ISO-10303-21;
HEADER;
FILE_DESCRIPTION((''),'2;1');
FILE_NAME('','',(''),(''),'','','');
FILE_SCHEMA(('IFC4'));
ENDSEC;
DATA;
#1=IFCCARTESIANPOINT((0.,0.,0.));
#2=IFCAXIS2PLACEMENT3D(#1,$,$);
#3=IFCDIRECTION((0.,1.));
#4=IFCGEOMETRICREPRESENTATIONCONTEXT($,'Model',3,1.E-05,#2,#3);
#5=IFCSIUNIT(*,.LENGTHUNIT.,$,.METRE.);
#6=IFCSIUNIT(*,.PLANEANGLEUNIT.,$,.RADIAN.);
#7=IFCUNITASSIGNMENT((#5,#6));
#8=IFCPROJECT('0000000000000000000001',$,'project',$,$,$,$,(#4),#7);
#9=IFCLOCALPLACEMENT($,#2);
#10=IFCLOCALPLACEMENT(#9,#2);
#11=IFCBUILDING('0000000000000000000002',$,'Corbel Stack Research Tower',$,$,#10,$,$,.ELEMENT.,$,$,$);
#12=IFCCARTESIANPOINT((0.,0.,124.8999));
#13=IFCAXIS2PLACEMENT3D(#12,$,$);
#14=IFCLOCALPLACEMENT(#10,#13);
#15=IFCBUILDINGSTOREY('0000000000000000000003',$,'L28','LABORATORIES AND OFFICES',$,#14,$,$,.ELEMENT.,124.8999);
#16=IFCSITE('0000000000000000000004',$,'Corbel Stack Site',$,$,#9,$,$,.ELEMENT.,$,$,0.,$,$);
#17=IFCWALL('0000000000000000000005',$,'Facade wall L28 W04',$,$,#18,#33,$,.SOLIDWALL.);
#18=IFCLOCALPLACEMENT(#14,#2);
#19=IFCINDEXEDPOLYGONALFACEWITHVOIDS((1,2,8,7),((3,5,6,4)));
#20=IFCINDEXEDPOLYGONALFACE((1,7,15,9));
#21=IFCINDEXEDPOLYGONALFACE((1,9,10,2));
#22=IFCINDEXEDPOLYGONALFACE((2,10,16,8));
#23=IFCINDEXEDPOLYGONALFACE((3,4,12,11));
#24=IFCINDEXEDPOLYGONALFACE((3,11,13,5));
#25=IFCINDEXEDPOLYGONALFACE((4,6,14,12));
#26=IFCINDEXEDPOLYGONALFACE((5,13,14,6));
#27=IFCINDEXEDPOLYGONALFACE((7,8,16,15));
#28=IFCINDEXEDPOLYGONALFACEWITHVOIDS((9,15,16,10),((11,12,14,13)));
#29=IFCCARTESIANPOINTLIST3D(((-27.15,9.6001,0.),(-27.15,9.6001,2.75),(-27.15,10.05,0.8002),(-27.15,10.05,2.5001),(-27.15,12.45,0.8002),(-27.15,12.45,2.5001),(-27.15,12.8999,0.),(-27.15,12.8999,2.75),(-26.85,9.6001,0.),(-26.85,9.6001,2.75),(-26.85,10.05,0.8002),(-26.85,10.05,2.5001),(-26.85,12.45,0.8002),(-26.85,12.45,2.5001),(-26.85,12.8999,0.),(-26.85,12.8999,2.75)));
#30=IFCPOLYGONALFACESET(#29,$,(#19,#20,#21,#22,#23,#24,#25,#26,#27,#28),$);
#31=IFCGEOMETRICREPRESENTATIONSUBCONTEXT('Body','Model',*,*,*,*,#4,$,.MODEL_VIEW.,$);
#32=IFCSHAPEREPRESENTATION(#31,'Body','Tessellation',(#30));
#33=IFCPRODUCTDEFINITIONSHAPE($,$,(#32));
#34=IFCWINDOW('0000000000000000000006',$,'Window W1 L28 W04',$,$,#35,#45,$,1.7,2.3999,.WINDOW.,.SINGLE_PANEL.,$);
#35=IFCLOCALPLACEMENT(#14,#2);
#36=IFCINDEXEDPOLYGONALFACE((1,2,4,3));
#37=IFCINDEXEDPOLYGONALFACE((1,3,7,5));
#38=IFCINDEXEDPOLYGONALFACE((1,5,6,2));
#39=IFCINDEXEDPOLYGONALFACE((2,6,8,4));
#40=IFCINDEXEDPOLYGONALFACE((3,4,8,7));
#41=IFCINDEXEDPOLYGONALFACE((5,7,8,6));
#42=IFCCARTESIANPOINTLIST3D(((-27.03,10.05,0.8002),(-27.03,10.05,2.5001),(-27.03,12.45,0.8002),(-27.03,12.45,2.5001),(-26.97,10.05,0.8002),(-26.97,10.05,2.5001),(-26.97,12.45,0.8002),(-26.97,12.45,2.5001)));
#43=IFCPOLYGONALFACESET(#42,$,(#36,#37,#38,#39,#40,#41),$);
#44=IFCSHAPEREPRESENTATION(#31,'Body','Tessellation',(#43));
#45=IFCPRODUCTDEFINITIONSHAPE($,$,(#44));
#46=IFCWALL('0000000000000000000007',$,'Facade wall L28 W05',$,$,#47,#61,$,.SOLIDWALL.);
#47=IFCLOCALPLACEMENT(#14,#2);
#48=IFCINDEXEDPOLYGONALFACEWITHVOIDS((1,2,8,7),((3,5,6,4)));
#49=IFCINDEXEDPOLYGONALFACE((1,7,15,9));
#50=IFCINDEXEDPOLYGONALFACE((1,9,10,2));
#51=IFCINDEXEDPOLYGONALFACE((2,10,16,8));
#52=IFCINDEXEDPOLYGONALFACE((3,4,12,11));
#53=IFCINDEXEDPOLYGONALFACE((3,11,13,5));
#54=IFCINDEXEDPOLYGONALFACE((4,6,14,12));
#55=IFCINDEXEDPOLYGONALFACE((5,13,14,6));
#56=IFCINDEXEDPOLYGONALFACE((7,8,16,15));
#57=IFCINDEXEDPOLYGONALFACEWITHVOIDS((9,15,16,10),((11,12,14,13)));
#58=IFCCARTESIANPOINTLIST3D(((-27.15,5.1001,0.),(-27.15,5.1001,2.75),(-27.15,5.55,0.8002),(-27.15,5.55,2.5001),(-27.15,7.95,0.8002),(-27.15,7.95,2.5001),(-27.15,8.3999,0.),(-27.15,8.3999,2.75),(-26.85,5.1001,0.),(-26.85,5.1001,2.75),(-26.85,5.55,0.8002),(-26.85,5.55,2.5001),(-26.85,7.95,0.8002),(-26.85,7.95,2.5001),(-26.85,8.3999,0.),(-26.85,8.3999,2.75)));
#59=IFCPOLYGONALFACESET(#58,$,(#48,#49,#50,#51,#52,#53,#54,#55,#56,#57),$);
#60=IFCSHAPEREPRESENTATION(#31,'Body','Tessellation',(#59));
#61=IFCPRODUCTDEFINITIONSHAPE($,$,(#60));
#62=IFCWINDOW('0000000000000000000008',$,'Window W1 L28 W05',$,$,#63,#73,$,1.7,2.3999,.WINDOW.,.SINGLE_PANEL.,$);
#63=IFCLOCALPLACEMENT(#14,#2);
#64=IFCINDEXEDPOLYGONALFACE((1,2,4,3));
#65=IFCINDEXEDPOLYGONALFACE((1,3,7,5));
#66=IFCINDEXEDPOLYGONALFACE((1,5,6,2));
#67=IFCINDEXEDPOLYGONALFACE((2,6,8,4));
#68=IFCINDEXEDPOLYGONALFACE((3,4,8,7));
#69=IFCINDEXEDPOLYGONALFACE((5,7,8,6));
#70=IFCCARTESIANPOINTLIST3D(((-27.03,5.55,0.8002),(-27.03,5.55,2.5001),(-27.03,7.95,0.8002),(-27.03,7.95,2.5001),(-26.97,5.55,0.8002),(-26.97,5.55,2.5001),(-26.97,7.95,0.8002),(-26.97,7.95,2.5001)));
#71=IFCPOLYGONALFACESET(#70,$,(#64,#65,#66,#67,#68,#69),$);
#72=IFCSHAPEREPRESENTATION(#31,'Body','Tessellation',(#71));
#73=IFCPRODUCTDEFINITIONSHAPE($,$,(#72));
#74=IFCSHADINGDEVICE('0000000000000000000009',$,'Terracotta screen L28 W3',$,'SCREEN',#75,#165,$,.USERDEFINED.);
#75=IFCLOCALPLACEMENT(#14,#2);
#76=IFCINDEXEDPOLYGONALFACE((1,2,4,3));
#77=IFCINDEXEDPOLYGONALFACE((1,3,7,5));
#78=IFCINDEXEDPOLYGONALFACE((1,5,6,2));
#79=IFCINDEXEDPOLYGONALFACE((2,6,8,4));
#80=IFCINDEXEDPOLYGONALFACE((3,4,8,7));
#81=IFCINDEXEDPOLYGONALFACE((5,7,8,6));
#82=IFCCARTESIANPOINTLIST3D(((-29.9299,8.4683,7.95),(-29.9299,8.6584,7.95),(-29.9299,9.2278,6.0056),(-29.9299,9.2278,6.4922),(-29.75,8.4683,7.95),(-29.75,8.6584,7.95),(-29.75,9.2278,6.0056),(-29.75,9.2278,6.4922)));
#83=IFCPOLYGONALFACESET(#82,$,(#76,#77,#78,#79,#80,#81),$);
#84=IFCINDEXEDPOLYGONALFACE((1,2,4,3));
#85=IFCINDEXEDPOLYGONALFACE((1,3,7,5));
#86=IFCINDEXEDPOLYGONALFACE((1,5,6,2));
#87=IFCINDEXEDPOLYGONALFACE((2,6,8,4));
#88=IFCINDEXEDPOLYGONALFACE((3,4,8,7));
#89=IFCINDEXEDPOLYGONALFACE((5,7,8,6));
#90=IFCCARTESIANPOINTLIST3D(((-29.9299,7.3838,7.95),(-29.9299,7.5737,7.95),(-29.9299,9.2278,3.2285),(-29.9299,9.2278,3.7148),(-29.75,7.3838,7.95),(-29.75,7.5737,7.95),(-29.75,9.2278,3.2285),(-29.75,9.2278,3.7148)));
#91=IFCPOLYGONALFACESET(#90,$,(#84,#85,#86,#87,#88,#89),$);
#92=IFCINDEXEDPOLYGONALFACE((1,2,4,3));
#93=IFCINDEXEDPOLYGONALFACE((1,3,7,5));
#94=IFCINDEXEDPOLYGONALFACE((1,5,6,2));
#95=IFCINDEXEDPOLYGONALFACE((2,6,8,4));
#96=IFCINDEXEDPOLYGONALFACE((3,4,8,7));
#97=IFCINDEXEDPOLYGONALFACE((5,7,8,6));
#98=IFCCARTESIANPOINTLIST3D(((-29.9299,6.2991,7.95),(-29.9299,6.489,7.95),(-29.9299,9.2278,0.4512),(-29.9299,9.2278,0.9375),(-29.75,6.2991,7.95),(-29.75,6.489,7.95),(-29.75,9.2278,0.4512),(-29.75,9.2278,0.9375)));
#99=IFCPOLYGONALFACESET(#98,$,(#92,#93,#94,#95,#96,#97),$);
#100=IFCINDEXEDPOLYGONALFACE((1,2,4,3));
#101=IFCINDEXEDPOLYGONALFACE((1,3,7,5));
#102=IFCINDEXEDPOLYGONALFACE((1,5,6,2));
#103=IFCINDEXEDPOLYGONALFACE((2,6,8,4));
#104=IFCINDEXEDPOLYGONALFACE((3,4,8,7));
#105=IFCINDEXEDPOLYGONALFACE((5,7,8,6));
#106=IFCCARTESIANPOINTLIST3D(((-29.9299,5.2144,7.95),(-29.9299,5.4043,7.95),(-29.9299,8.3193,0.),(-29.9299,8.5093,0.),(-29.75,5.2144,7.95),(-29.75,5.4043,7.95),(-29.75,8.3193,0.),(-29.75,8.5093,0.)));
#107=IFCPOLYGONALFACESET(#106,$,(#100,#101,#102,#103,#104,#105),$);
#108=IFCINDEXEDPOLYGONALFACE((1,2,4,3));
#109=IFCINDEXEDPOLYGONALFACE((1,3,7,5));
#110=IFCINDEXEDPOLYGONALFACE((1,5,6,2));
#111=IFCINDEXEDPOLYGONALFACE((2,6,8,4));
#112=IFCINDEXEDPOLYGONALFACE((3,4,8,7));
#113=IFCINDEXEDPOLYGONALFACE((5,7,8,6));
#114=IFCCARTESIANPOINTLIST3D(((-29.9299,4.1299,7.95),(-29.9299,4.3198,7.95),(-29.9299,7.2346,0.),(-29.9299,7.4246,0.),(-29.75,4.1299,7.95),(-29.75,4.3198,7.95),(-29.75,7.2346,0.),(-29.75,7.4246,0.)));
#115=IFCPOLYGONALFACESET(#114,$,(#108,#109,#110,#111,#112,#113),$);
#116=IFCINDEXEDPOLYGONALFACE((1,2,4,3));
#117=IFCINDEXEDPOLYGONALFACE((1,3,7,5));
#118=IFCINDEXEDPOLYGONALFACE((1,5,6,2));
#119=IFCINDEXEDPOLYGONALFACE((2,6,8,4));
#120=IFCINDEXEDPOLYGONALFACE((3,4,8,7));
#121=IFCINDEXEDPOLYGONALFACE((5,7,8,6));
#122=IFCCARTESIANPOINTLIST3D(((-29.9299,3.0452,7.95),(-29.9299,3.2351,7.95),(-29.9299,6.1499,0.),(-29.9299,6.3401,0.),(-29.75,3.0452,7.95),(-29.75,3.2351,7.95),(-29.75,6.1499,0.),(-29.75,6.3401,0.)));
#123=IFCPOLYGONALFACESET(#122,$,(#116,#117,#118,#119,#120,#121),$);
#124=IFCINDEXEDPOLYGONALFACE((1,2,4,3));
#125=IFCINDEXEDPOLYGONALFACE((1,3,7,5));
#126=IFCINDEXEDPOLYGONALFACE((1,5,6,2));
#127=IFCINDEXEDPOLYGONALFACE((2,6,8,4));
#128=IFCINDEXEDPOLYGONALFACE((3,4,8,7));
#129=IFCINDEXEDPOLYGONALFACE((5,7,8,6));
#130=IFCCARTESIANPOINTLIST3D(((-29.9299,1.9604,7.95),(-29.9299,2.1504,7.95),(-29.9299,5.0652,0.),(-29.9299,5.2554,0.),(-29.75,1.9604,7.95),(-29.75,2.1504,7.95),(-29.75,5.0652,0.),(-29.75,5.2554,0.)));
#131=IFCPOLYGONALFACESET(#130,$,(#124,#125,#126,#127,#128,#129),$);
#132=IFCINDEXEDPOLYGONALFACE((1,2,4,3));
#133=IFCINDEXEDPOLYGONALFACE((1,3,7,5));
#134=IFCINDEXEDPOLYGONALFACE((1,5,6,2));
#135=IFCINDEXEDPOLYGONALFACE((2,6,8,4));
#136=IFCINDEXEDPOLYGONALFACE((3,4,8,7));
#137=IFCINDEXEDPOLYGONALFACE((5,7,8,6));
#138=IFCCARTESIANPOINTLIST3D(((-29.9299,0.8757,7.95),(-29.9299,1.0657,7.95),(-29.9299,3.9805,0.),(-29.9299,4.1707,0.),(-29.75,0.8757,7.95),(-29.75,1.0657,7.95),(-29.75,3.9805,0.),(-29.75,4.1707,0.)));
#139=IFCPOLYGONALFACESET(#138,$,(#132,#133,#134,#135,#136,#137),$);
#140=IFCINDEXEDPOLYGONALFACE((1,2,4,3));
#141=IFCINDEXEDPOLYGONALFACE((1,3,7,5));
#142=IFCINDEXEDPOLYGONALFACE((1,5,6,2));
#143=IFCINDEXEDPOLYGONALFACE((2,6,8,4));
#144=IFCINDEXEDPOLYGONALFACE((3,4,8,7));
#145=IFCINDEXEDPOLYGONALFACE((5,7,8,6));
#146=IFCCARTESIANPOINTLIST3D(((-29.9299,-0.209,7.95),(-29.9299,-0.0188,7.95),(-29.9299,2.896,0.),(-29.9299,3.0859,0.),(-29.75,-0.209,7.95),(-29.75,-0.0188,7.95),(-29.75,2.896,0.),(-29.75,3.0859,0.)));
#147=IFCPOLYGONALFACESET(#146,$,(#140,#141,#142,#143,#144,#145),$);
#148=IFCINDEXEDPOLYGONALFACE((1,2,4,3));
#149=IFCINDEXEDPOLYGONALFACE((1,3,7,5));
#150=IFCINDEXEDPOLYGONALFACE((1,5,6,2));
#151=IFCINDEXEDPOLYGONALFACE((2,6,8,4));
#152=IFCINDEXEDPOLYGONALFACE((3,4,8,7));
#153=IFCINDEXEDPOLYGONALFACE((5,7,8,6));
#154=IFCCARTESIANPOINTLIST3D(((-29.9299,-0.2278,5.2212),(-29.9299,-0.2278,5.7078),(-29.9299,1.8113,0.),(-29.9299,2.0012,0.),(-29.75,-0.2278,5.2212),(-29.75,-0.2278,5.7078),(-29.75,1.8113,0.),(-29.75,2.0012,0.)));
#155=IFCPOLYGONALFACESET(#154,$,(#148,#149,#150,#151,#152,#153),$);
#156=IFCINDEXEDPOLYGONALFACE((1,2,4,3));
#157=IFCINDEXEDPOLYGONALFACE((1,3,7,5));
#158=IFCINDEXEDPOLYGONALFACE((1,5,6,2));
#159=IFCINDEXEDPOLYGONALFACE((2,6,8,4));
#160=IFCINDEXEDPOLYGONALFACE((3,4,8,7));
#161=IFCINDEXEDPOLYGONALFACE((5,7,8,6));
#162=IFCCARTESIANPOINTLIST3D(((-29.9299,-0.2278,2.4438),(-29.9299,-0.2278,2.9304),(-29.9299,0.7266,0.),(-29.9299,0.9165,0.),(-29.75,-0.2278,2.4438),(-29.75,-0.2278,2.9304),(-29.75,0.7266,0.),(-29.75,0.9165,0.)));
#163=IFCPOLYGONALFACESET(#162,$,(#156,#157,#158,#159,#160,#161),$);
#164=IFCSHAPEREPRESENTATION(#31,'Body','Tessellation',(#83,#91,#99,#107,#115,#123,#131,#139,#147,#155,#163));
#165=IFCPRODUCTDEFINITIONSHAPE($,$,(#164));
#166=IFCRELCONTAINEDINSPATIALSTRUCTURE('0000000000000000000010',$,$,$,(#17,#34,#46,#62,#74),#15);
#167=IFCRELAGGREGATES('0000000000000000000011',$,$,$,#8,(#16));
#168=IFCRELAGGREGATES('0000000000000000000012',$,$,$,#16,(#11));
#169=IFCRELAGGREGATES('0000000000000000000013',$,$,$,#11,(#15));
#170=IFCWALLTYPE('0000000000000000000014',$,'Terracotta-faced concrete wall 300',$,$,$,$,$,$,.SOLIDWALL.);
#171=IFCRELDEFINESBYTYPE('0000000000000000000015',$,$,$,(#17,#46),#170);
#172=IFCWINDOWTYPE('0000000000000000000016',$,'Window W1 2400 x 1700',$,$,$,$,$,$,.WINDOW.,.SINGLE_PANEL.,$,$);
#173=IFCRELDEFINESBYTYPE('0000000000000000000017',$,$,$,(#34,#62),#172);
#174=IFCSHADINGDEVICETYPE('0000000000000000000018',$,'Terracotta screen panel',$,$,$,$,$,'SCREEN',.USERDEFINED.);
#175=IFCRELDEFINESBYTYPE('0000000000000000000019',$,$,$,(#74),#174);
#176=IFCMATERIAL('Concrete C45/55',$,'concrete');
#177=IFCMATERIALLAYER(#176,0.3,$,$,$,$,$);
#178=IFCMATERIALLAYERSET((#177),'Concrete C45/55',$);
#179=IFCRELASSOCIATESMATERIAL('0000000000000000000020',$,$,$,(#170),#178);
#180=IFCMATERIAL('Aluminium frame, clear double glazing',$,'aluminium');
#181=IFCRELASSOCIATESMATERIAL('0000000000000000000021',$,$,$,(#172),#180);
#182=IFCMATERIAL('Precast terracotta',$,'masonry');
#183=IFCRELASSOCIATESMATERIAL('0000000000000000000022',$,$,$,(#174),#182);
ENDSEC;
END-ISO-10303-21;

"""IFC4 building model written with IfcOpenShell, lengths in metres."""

from ifc_helpers import new_model, si_unit, direction, frame, frame_2d, origin, place, context, subcontext, project, spatial, polyline, rectangle, outline, extrude, source, transform, mapped, material, layer, layer_set, type_object, element, fill, save


model = new_model("IFC4")

# Units and contexts
model_context = context("Model", 3, precision=1e-05, world=origin(), true_north=direction((0.0, 1.0)))
body_context = subcontext(model_context, "Body", "Model", "MODEL_VIEW")
ifc_project = project(units=[si_unit("LENGTHUNIT", "METRE"), si_unit("PLANEANGLEUNIT", "RADIAN")], contexts=[model_context])

# Site, building, storey
site_placement = place(None, origin())
site = spatial("IfcSite", under=ifc_project, at=site_placement, Name="Corbel Stack Site", CompositionType="ELEMENT", RefElevation=0.0)
building_placement = place(site_placement, origin())
building = spatial("IfcBuilding", under=site, at=building_placement, Name="Corbel Stack Research Tower", CompositionType="ELEMENT")
storey_placement = place(building_placement, frame((0.0, 0.0, 124.8999)))
storey = spatial("IfcBuildingStorey", under=building, at=storey_placement, Name="L28", Description="LABORATORIES AND OFFICES", CompositionType="ELEMENT", Elevation=124.8999)

# Shared definitions
ifc_material_1 = material(Name="Concrete C45/55", Category="concrete")
ifc_layer_1 = layer(ifc_material_1, 0.3)
ifc_layer_set_1 = layer_set([ifc_layer_1], Name="Concrete C45/55")
wall_type_1 = type_object("IfcWallType", Name="Terracotta-faced concrete wall 300", PredefinedType="SOLIDWALL", material=ifc_layer_set_1)

# Walls, openings, windows
ifc_material_2 = material(Name="Aluminium frame, clear double glazing", Category="aluminium")
window_type = type_object("IfcWindowType", Name="Window W1 2400 x 1700", PartitioningType="SINGLE_PANEL", PredefinedType="WINDOW", material=ifc_material_2)
wall_1_placement = place(storey_placement, frame((-27.0, 9.6001, 0.0), z_axis=(0.0, 0.0, 1.0), x_axis=(0.0, 1.0, 0.0)))
wall_1 = element("IfcWall", 1, at=wall_1_placement, inside=storey, type_object=wall_type_1, Name="Facade wall L28 W04", PredefinedType="SOLIDWALL", context=body_context, shape_type="SweptSolid", body=[
    extrude(rectangle(XDim=3.2998, YDim=0.3, at=frame_2d((1.6499, 0.0))), origin(), (0.0, 0.0, 1.0), 2.75),
])
opening_1_placement = place(wall_1_placement, frame((0.45, 0.0, 0.8)))
opening_1 = element("IfcOpeningElement", 2, at=opening_1_placement, cuts=wall_1, PredefinedType="OPENING", context=body_context, shape_type="SweptSolid", body=[
    extrude(rectangle(XDim=2.3999, YDim=1.7, at=frame_2d((1.2, 0.8501))), frame((0.0, 0.1599, 0.0), z_axis=(0.0, -1.0, 0.0), x_axis=(1.0, 0.0, 0.0)), (0.0, 0.0, 1.0), 0.3201),
])
window_1_placement = place(opening_1_placement, origin())
window_1 = element("IfcWindow", 3, at=window_1_placement, inside=storey, type_object=window_type, Name="Window W1 L28 W04", OverallHeight=1.7, OverallWidth=2.3999, PartitioningType="SINGLE_PANEL", PredefinedType="WINDOW", context=body_context, shape_type="SweptSolid", body=[
    extrude(rectangle(XDim=2.3999, YDim=1.7, at=frame_2d((1.2, 0.8501))), frame((0.0, 0.03, 0.0), z_axis=(0.0, -1.0, 0.0), x_axis=(1.0, 0.0, 0.0)), (0.0, 0.0, 1.0), 0.0601),
])
fill(opening_1, window_1)
wall_2_placement = place(storey_placement, frame((-27.0, 5.1001, 0.0), z_axis=(0.0, 0.0, 1.0), x_axis=(0.0, 1.0, 0.0)))
wall_2 = element("IfcWall", 4, at=wall_2_placement, inside=storey, type_object=wall_type_1, Name="Facade wall L28 W05", PredefinedType="SOLIDWALL", context=body_context, shape_type="SweptSolid", body=[
    extrude(rectangle(XDim=3.2998, YDim=0.3, at=frame_2d((1.6499, 0.0))), origin(), (0.0, 0.0, 1.0), 2.75),
])
opening_2_placement = place(wall_2_placement, frame((0.45, 0.0, 0.8)))
opening_2 = element("IfcOpeningElement", 5, at=opening_2_placement, cuts=wall_2, PredefinedType="OPENING", context=body_context, shape_type="SweptSolid", body=[
    extrude(rectangle(XDim=2.3999, YDim=1.7, at=frame_2d((1.2, 0.8501))), frame((0.0, 0.1599, 0.0), z_axis=(0.0, -1.0, 0.0), x_axis=(1.0, 0.0, 0.0)), (0.0, 0.0, 1.0), 0.3201),
])
window_2_placement = place(opening_2_placement, origin())
window_2 = element("IfcWindow", 6, at=window_2_placement, inside=storey, type_object=window_type, Name="Window W1 L28 W05", OverallHeight=1.7, OverallWidth=2.3999, PartitioningType="SINGLE_PANEL", PredefinedType="WINDOW", context=body_context, shape_type="SweptSolid", body=[
    extrude(rectangle(XDim=2.3999, YDim=1.7, at=frame_2d((1.2, 0.8501))), frame((0.0, 0.03, 0.0), z_axis=(0.0, -1.0, 0.0), x_axis=(1.0, 0.0, 0.0)), (0.0, 0.0, 1.0), 0.0601),
])
fill(opening_2, window_2)

# Shading device
ifc_material_3 = material(Name="Precast terracotta", Category="masonry")
shading_device_type = type_object("IfcShadingDeviceType", Name="Terracotta screen panel", ElementType="SCREEN", PredefinedType="USERDEFINED", material=ifc_material_3)
shared_shape_1 = source(origin(), body_context, "Body", "SweptSolid", [
    extrude(outline(polyline([(0.7595, 7.95), (0.5693, 7.95), (0.0, 6.4922), (0.0, 6.0056), (0.7595, 7.95)])), frame((0.0, 0.0, 0.0), z_axis=(0.0, -1.0, 0.0), x_axis=(1.0, 0.0, 0.0)), (0.0, 0.0, 1.0), 0.1799),
    extrude(outline(polyline([(1.844, 7.95), (1.6541, 7.95), (0.0, 3.7148), (0.0, 3.2285), (1.844, 7.95)])), frame((0.0, 0.0, 0.0), z_axis=(0.0, -1.0, 0.0), x_axis=(1.0, 0.0, 0.0)), (0.0, 0.0, 1.0), 0.1799),
    extrude(outline(polyline([(2.9287, 7.95), (2.7388, 7.95), (0.0, 0.9375), (0.0, 0.4512), (2.9287, 7.95)])), frame((0.0, 0.0, 0.0), z_axis=(0.0, -1.0, 0.0), x_axis=(1.0, 0.0, 0.0)), (0.0, 0.0, 1.0), 0.1799),
    extrude(outline(polyline([(0.9084, 0.0), (4.0134, 7.95), (3.8235, 7.95), (0.7185, 0.0), (0.9084, 0.0)])), frame((0.0, 0.0, 0.0), z_axis=(0.0, -1.0, 0.0), x_axis=(1.0, 0.0, 0.0)), (0.0, 0.0, 1.0), 0.1799),
    extrude(outline(polyline([(1.9932, 0.0), (5.0979, 7.95), (4.908, 7.95), (1.8032, 0.0), (1.9932, 0.0)])), frame((0.0, 0.0, 0.0), z_axis=(0.0, -1.0, 0.0), x_axis=(1.0, 0.0, 0.0)), (0.0, 0.0, 1.0), 0.1799),
    extrude(outline(polyline([(3.0779, 0.0), (6.1826, 7.95), (5.9927, 7.95), (2.8877, 0.0), (3.0779, 0.0)])), frame((0.0, 0.0, 0.0), z_axis=(0.0, -1.0, 0.0), x_axis=(1.0, 0.0, 0.0)), (0.0, 0.0, 1.0), 0.1799),
    extrude(outline(polyline([(4.1626, 0.0), (7.2673, 7.95), (7.0774, 7.95), (3.9724, 0.0), (4.1626, 0.0)])), frame((0.0, 0.0, 0.0), z_axis=(0.0, -1.0, 0.0), x_axis=(1.0, 0.0, 0.0)), (0.0, 0.0, 1.0), 0.1799),
    extrude(outline(polyline([(5.2473, 0.0), (8.3521, 7.95), (8.1621, 7.95), (5.0571, 0.0), (5.2473, 0.0)])), frame((0.0, 0.0, 0.0), z_axis=(0.0, -1.0, 0.0), x_axis=(1.0, 0.0, 0.0)), (0.0, 0.0, 1.0), 0.1799),
    extrude(outline(polyline([(6.3318, 0.0), (9.4368, 7.95), (9.2466, 7.95), (6.1418, 0.0), (6.3318, 0.0)])), frame((0.0, 0.0, 0.0), z_axis=(0.0, -1.0, 0.0), x_axis=(1.0, 0.0, 0.0)), (0.0, 0.0, 1.0), 0.1799),
    extrude(outline(polyline([(7.4165, 0.0), (9.4556, 5.2212), (9.4556, 5.7078), (7.2266, 0.0), (7.4165, 0.0)])), frame((0.0, 0.0, 0.0), z_axis=(0.0, -1.0, 0.0), x_axis=(1.0, 0.0, 0.0)), (0.0, 0.0, 1.0), 0.1799),
    extrude(outline(polyline([(8.5012, 0.0), (9.4556, 2.4438), (9.4556, 2.9304), (8.3113, 0.0), (8.5012, 0.0)])), frame((0.0, 0.0, 0.0), z_axis=(0.0, -1.0, 0.0), x_axis=(1.0, 0.0, 0.0)), (0.0, 0.0, 1.0), 0.1799),
])
shading_device_1_placement = place(storey_placement, frame((-29.75, 9.2278, 0.0), z_axis=(0.0, 0.0, 1.0), x_axis=(0.0, -1.0, 0.0)))
element("IfcShadingDevice", 7, at=shading_device_1_placement, inside=storey, type_object=shading_device_type, Name="Terracotta screen L28 W3", ObjectType="SCREEN", PredefinedType="USERDEFINED", context=body_context, shape_type="MappedRepresentation", body=[
    mapped(shared_shape_1, transform((0.0, 0.0, 0.0))),
])

save(model, "model.ifc")
